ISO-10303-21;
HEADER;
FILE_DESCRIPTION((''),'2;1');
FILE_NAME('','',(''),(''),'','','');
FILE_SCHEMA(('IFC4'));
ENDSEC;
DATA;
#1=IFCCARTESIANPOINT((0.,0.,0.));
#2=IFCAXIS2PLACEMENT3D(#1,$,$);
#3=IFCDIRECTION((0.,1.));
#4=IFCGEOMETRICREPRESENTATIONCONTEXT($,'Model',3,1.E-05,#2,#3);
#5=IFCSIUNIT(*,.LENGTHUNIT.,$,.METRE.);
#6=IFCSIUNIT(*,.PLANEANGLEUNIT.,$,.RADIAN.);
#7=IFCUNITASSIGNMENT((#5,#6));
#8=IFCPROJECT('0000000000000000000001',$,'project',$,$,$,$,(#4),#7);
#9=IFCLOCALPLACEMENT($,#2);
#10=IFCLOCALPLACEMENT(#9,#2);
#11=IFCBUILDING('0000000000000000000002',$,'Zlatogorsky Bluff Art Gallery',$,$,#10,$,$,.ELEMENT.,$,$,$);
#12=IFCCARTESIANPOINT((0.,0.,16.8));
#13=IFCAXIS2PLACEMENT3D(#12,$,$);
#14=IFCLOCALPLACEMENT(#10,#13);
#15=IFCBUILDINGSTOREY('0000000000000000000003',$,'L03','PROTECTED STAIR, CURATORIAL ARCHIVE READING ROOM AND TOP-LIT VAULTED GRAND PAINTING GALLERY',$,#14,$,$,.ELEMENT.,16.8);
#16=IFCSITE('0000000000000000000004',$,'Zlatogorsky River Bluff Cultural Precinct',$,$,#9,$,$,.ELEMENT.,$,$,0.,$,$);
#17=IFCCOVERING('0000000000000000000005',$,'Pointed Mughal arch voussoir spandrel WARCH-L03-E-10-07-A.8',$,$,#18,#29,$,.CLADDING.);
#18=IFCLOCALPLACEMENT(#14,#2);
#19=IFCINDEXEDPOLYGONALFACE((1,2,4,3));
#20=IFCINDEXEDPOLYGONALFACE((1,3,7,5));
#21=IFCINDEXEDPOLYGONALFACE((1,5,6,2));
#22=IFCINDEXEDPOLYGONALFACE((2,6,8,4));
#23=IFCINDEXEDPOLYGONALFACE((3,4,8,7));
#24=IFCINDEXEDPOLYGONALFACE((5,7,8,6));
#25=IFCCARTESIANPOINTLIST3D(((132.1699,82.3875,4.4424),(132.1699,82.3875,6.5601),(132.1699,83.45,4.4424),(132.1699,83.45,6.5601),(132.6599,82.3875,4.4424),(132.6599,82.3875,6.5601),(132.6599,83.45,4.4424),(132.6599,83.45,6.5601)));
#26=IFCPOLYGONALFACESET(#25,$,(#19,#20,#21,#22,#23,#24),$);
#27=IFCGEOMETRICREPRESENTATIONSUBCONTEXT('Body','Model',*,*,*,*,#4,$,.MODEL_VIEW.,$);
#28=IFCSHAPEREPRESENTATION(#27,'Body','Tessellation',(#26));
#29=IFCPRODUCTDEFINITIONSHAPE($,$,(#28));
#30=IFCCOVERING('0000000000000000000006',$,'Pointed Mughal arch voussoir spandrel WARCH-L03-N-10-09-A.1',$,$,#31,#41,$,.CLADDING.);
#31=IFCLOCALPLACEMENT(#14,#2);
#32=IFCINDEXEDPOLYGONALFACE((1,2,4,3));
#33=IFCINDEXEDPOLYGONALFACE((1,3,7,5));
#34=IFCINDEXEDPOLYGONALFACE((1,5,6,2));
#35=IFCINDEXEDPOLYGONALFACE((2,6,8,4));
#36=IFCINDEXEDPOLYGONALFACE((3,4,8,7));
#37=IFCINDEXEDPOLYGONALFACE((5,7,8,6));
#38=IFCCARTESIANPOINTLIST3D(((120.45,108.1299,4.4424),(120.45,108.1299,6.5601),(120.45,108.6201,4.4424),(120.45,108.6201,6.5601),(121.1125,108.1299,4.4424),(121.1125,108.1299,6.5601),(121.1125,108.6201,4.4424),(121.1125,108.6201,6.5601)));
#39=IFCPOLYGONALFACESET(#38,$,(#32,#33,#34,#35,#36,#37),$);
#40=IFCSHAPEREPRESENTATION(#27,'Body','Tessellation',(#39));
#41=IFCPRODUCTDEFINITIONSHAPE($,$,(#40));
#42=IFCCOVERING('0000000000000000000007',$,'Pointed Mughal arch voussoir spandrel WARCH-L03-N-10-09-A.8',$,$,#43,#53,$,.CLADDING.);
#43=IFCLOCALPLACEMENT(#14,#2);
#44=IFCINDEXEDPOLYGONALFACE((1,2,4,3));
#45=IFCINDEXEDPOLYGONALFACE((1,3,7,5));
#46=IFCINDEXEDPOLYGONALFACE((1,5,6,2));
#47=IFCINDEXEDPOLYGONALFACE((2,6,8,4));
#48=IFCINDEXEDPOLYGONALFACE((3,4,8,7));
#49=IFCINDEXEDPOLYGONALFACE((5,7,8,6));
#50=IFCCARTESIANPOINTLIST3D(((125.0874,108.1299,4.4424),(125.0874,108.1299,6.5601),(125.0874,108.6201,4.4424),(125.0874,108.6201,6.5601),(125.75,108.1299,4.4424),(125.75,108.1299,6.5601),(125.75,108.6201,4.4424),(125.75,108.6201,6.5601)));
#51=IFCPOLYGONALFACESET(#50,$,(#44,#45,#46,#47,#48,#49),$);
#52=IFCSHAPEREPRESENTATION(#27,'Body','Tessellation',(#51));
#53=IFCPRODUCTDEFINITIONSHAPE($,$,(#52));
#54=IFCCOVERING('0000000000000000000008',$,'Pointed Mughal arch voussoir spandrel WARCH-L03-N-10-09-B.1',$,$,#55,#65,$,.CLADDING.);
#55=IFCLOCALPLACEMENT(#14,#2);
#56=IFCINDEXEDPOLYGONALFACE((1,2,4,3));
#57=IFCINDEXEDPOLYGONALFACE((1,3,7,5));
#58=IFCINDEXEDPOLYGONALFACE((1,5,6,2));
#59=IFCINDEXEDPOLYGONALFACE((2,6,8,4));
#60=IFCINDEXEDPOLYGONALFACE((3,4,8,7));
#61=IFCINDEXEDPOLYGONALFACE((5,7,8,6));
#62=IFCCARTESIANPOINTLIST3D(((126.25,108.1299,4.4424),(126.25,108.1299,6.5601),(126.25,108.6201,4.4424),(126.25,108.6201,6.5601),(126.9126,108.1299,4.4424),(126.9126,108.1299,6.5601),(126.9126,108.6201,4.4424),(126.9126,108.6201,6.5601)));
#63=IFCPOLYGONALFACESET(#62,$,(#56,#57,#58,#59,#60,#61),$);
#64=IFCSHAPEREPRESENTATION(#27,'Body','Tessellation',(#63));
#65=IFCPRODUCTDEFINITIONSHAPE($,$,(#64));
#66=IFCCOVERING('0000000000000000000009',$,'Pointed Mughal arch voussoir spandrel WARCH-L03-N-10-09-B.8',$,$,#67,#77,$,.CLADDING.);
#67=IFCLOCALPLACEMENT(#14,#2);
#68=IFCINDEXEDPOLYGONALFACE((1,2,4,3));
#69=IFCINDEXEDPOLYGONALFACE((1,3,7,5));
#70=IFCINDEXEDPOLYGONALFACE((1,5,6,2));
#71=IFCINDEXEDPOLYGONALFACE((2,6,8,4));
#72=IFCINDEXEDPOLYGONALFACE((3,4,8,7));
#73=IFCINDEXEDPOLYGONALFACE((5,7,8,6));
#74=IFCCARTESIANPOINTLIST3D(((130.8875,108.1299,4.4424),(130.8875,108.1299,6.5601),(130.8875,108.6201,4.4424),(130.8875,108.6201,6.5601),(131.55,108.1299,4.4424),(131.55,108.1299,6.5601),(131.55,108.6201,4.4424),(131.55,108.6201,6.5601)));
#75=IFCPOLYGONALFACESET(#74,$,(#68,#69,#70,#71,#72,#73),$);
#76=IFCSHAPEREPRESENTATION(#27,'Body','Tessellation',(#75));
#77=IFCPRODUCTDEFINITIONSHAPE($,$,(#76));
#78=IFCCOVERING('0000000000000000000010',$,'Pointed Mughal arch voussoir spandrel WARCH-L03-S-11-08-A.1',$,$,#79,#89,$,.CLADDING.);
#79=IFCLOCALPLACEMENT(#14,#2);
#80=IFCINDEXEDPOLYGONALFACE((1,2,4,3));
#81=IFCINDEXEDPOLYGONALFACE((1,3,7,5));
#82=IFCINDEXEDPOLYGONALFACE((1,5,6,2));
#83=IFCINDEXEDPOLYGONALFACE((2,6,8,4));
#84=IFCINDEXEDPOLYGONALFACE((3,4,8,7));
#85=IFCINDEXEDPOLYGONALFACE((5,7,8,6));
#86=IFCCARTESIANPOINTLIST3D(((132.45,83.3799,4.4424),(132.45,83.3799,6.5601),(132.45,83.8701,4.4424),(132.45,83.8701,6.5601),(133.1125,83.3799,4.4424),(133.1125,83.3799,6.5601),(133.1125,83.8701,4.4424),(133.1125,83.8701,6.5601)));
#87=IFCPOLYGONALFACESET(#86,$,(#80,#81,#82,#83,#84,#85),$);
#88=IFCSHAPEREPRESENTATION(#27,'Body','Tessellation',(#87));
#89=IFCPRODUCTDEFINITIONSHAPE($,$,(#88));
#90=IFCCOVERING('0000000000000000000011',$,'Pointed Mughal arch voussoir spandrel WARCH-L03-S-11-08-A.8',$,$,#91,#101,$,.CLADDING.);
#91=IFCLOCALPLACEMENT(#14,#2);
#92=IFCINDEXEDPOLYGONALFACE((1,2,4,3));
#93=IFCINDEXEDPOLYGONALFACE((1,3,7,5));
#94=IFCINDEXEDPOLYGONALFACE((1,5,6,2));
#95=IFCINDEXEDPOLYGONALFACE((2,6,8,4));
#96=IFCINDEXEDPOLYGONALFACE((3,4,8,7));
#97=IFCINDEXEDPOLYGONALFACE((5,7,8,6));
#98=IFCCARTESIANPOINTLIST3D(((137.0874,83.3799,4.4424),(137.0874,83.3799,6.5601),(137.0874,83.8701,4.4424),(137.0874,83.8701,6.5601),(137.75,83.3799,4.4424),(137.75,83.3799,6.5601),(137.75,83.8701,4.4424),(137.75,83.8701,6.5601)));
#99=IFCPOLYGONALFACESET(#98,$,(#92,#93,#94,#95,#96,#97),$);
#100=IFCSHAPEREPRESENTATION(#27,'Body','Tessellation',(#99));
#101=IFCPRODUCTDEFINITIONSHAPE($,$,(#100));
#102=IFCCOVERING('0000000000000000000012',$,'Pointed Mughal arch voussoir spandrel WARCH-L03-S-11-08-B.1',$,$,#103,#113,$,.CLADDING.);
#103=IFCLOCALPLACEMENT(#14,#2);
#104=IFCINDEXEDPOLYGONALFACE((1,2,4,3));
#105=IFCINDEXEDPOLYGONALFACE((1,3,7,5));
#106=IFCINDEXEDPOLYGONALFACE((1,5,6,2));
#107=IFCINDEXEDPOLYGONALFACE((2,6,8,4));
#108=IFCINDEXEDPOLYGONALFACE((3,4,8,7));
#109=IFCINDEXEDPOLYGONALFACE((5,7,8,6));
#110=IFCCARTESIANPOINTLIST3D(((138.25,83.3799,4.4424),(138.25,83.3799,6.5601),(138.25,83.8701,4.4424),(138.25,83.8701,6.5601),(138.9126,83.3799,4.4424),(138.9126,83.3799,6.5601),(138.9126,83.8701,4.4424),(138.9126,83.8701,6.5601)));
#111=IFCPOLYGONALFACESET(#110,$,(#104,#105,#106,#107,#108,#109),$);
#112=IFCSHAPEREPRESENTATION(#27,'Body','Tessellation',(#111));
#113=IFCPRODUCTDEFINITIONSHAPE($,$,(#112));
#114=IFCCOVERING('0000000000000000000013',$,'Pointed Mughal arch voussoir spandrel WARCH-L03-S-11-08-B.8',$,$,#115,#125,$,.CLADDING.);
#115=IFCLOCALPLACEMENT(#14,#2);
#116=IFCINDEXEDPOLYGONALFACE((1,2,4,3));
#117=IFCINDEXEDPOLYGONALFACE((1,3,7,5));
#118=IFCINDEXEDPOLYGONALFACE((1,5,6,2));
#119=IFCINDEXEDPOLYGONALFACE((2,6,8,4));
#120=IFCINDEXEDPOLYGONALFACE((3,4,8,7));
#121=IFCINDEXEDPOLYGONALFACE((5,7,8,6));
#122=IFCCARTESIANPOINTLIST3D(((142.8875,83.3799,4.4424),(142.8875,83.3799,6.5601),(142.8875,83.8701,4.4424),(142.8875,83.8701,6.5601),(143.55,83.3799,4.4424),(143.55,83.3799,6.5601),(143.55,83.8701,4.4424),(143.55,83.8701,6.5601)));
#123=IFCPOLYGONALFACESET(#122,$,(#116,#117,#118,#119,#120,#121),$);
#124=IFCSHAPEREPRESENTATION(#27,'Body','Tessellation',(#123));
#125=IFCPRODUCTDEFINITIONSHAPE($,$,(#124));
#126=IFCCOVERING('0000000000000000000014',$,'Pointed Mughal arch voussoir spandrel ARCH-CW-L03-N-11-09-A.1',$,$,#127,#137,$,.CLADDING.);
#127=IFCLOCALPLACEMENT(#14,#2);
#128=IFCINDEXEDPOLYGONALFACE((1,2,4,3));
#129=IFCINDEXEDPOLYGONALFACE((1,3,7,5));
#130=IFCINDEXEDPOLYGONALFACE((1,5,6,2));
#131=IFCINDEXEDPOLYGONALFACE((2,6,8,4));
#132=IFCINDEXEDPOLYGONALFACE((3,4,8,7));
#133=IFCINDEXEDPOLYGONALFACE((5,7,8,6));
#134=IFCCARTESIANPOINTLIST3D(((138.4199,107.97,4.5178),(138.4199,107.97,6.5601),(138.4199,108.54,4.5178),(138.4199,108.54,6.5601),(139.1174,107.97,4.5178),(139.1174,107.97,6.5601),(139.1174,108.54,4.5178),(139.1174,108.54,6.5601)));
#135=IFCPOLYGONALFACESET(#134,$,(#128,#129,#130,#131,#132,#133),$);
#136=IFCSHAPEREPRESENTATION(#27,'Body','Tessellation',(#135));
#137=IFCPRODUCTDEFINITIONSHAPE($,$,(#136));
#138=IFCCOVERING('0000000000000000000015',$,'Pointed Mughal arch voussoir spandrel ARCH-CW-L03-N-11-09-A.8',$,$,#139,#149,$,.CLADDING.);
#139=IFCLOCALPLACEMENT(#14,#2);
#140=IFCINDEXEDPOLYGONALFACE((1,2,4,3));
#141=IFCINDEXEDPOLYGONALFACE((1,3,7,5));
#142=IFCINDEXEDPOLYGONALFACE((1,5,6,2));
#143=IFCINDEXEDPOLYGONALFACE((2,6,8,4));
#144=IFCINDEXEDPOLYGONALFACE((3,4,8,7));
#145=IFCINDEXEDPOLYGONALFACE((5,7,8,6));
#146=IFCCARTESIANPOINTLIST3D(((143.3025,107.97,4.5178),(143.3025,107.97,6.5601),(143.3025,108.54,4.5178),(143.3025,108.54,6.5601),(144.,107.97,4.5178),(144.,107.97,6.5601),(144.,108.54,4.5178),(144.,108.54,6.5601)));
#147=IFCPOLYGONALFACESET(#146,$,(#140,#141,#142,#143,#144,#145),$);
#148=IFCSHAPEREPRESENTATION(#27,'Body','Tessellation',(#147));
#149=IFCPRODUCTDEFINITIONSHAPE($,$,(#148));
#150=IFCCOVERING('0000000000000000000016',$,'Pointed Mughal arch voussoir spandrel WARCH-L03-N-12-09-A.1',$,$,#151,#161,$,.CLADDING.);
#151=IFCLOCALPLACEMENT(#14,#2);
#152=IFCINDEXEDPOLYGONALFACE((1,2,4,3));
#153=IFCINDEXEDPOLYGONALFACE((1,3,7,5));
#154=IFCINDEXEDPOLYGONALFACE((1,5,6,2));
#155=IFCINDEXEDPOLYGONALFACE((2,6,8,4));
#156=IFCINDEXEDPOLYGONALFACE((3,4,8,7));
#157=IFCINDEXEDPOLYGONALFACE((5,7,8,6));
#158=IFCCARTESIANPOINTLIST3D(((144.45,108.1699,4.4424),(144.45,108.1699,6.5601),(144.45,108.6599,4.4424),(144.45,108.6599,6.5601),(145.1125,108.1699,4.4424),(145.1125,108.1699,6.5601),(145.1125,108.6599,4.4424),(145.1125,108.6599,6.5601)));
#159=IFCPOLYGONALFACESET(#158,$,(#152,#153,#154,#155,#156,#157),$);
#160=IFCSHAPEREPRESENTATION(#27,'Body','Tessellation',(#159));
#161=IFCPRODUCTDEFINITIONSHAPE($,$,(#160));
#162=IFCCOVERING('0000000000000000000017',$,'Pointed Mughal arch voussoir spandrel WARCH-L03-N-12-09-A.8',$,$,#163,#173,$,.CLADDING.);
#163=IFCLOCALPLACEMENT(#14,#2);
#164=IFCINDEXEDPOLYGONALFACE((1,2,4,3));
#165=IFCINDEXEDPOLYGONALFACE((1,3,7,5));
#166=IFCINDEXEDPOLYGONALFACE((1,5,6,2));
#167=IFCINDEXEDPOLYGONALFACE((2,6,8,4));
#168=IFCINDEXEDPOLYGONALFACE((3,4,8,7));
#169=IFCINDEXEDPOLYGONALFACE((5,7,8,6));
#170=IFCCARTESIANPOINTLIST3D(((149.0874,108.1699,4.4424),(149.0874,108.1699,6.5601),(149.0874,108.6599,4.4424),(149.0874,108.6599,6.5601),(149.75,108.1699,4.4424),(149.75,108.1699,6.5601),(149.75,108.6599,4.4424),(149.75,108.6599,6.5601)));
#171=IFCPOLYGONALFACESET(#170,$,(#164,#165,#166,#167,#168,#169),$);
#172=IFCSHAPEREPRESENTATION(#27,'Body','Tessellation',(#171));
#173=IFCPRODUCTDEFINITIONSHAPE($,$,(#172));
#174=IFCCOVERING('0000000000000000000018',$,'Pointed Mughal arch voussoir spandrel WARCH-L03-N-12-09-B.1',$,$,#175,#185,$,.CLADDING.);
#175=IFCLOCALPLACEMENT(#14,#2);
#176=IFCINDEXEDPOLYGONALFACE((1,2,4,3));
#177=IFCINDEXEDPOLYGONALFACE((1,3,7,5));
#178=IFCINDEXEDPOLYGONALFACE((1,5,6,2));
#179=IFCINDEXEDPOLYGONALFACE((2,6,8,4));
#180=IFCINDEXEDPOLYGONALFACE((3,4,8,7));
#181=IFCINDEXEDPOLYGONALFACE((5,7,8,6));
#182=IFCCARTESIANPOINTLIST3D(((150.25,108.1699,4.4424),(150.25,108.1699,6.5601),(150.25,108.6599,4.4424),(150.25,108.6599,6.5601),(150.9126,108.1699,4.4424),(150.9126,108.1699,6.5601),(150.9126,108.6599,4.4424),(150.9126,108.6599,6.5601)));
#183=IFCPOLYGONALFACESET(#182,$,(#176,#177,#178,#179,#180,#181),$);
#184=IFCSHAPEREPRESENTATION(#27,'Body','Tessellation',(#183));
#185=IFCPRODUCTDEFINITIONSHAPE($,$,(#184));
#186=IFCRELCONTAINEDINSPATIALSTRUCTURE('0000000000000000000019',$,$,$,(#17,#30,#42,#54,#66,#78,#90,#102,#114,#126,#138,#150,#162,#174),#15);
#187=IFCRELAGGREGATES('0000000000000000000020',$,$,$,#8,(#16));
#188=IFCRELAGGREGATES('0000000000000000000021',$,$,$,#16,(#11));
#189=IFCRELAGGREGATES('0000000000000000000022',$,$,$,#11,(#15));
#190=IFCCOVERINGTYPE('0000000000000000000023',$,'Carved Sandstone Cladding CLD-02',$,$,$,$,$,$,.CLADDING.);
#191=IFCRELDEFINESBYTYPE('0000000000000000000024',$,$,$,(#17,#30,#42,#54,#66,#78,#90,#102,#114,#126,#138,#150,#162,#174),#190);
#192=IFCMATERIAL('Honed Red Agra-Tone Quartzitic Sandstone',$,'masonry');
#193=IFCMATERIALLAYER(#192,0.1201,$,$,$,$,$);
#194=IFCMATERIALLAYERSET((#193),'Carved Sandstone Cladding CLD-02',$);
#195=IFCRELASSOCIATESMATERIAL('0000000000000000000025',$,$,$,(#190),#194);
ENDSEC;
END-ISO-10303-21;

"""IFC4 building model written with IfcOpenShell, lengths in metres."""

from ifc_helpers import new_model, si_unit, direction, frame, origin, place, context, subcontext, project, spatial, polyline, outline, extrude, material, layer, layer_set, type_object, element, save


model = new_model("IFC4")

# Units and contexts
model_context = context("Model", 3, precision=1e-05, world=origin(), true_north=direction((0.0, 1.0)))
body_context = subcontext(model_context, "Body", "Model", "MODEL_VIEW")
ifc_project = project(units=[si_unit("LENGTHUNIT", "METRE"), si_unit("PLANEANGLEUNIT", "RADIAN")], contexts=[model_context])

# Site, building, storey
site_placement = place(None, origin())
site = spatial("IfcSite", under=ifc_project, at=site_placement, Name="Zlatogorsky River Bluff Cultural Precinct", CompositionType="ELEMENT", RefElevation=0.0)
building_placement = place(site_placement, origin())
building = spatial("IfcBuilding", under=site, at=building_placement, Name="Zlatogorsky Bluff Art Gallery", CompositionType="ELEMENT")
storey_placement = place(building_placement, frame((0.0, 0.0, 16.8)))
storey = spatial("IfcBuildingStorey", under=building, at=storey_placement, Name="L03", Description="PROTECTED STAIR, CURATORIAL ARCHIVE READING ROOM AND TOP-LIT VAULTED GRAND PAINTING GALLERY", CompositionType="ELEMENT", Elevation=16.8)

# Coverings
ifc_material = material(Name="Honed Red Agra-Tone Quartzitic Sandstone", Category="masonry")
ifc_layer = layer(ifc_material, 0.1201)
ifc_layer_set = layer_set([ifc_layer], Name="Carved Sandstone Cladding CLD-02")
covering_type = type_object("IfcCoveringType", Name="Carved Sandstone Cladding CLD-02", PredefinedType="CLADDING", material=ifc_layer_set)
covering_1_placement = place(storey_placement, frame((0.0, 0.0, 4.4424)))
element("IfcCovering", 1, at=covering_1_placement, inside=storey, type_object=covering_type, Name="Pointed Mughal arch voussoir spandrel WARCH-L03-E-10-07-A.8", PredefinedType="CLADDING", context=body_context, shape_type="SweptSolid", body=[
    extrude(outline(polyline([(132.1699, 82.3875), (132.1699, 83.45), (132.6599, 83.45), (132.6599, 82.3875), (132.1699, 82.3875)])), origin(), (0.0, 0.0, 1.0), 2.1177),
])
covering_2_placement = place(storey_placement, frame((0.0, 0.0, 4.4424)))
element("IfcCovering", 2, at=covering_2_placement, inside=storey, type_object=covering_type, Name="Pointed Mughal arch voussoir spandrel WARCH-L03-N-10-09-A.1", PredefinedType="CLADDING", context=body_context, shape_type="SweptSolid", body=[
    extrude(outline(polyline([(120.45, 108.1299), (121.1125, 108.1299), (121.1125, 108.6201), (120.45, 108.6201), (120.45, 108.1299)])), origin(), (0.0, 0.0, 1.0), 2.1177),
])
covering_3_placement = place(storey_placement, frame((0.0, 0.0, 4.4424)))
element("IfcCovering", 3, at=covering_3_placement, inside=storey, type_object=covering_type, Name="Pointed Mughal arch voussoir spandrel WARCH-L03-N-10-09-A.8", PredefinedType="CLADDING", context=body_context, shape_type="SweptSolid", body=[
    extrude(outline(polyline([(125.0874, 108.1299), (125.75, 108.1299), (125.75, 108.6201), (125.0874, 108.6201), (125.0874, 108.1299)])), origin(), (0.0, 0.0, 1.0), 2.1177),
])
covering_4_placement = place(storey_placement, frame((0.0, 0.0, 4.4424)))
element("IfcCovering", 4, at=covering_4_placement, inside=storey, type_object=covering_type, Name="Pointed Mughal arch voussoir spandrel WARCH-L03-N-10-09-B.1", PredefinedType="CLADDING", context=body_context, shape_type="SweptSolid", body=[
    extrude(outline(polyline([(126.25, 108.1299), (126.9126, 108.1299), (126.9126, 108.6201), (126.25, 108.6201), (126.25, 108.1299)])), origin(), (0.0, 0.0, 1.0), 2.1177),
])
covering_5_placement = place(storey_placement, frame((0.0, 0.0, 4.4424)))
element("IfcCovering", 5, at=covering_5_placement, inside=storey, type_object=covering_type, Name="Pointed Mughal arch voussoir spandrel WARCH-L03-N-10-09-B.8", PredefinedType="CLADDING", context=body_context, shape_type="SweptSolid", body=[
    extrude(outline(polyline([(130.8875, 108.1299), (131.55, 108.1299), (131.55, 108.6201), (130.8875, 108.6201), (130.8875, 108.1299)])), origin(), (0.0, 0.0, 1.0), 2.1177),
])
covering_6_placement = place(storey_placement, frame((0.0, 0.0, 4.4424)))
element("IfcCovering", 6, at=covering_6_placement, inside=storey, type_object=covering_type, Name="Pointed Mughal arch voussoir spandrel WARCH-L03-S-11-08-A.1", PredefinedType="CLADDING", context=body_context, shape_type="SweptSolid", body=[
    extrude(outline(polyline([(132.45, 83.3799), (133.1125, 83.3799), (133.1125, 83.8701), (132.45, 83.8701), (132.45, 83.3799)])), origin(), (0.0, 0.0, 1.0), 2.1177),
])
covering_7_placement = place(storey_placement, frame((0.0, 0.0, 4.4424)))
element("IfcCovering", 7, at=covering_7_placement, inside=storey, type_object=covering_type, Name="Pointed Mughal arch voussoir spandrel WARCH-L03-S-11-08-A.8", PredefinedType="CLADDING", context=body_context, shape_type="SweptSolid", body=[
    extrude(outline(polyline([(137.0874, 83.3799), (137.75, 83.3799), (137.75, 83.8701), (137.0874, 83.8701), (137.0874, 83.3799)])), origin(), (0.0, 0.0, 1.0), 2.1177),
])
covering_8_placement = place(storey_placement, frame((0.0, 0.0, 4.4424)))
element("IfcCovering", 8, at=covering_8_placement, inside=storey, type_object=covering_type, Name="Pointed Mughal arch voussoir spandrel WARCH-L03-S-11-08-B.1", PredefinedType="CLADDING", context=body_context, shape_type="SweptSolid", body=[
    extrude(outline(polyline([(138.25, 83.3799), (138.9126, 83.3799), (138.9126, 83.8701), (138.25, 83.8701), (138.25, 83.3799)])), origin(), (0.0, 0.0, 1.0), 2.1177),
])
covering_9_placement = place(storey_placement, frame((0.0, 0.0, 4.4424)))
element("IfcCovering", 9, at=covering_9_placement, inside=storey, type_object=covering_type, Name="Pointed Mughal arch voussoir spandrel WARCH-L03-S-11-08-B.8", PredefinedType="CLADDING", context=body_context, shape_type="SweptSolid", body=[
    extrude(outline(polyline([(142.8875, 83.3799), (143.55, 83.3799), (143.55, 83.8701), (142.8875, 83.8701), (142.8875, 83.3799)])), origin(), (0.0, 0.0, 1.0), 2.1177),
])
covering_10_placement = place(storey_placement, frame((0.0, 0.0, 4.5178)))
element("IfcCovering", 10, at=covering_10_placement, inside=storey, type_object=covering_type, Name="Pointed Mughal arch voussoir spandrel ARCH-CW-L03-N-11-09-A.1", PredefinedType="CLADDING", context=body_context, shape_type="SweptSolid", body=[
    extrude(outline(polyline([(138.4199, 107.97), (139.1174, 107.97), (139.1174, 108.54), (138.4199, 108.54), (138.4199, 107.97)])), origin(), (0.0, 0.0, 1.0), 2.0422),
])
covering_11_placement = place(storey_placement, frame((0.0, 0.0, 4.5178)))
element("IfcCovering", 11, at=covering_11_placement, inside=storey, type_object=covering_type, Name="Pointed Mughal arch voussoir spandrel ARCH-CW-L03-N-11-09-A.8", PredefinedType="CLADDING", context=body_context, shape_type="SweptSolid", body=[
    extrude(outline(polyline([(143.3025, 107.97), (144.0, 107.97), (144.0, 108.54), (143.3025, 108.54), (143.3025, 107.97)])), origin(), (0.0, 0.0, 1.0), 2.0422),
])
covering_12_placement = place(storey_placement, frame((0.0, 0.0, 4.4424)))
element("IfcCovering", 12, at=covering_12_placement, inside=storey, type_object=covering_type, Name="Pointed Mughal arch voussoir spandrel WARCH-L03-N-12-09-A.1", PredefinedType="CLADDING", context=body_context, shape_type="SweptSolid", body=[
    extrude(outline(polyline([(144.45, 108.1699), (145.1125, 108.1699), (145.1125, 108.6599), (144.45, 108.6599), (144.45, 108.1699)])), origin(), (0.0, 0.0, 1.0), 2.1177),
])
covering_13_placement = place(storey_placement, frame((0.0, 0.0, 4.4424)))
element("IfcCovering", 13, at=covering_13_placement, inside=storey, type_object=covering_type, Name="Pointed Mughal arch voussoir spandrel WARCH-L03-N-12-09-A.8", PredefinedType="CLADDING", context=body_context, shape_type="SweptSolid", body=[
    extrude(outline(polyline([(149.0874, 108.1699), (149.75, 108.1699), (149.75, 108.6599), (149.0874, 108.6599), (149.0874, 108.1699)])), origin(), (0.0, 0.0, 1.0), 2.1177),
])
covering_14_placement = place(storey_placement, frame((0.0, 0.0, 4.4424)))
element("IfcCovering", 14, at=covering_14_placement, inside=storey, type_object=covering_type, Name="Pointed Mughal arch voussoir spandrel WARCH-L03-N-12-09-B.1", PredefinedType="CLADDING", context=body_context, shape_type="SweptSolid", body=[
    extrude(outline(polyline([(150.25, 108.1699), (150.9126, 108.1699), (150.9126, 108.6599), (150.25, 108.6599), (150.25, 108.1699)])), origin(), (0.0, 0.0, 1.0), 2.1177),
])

save(model, "model.ifc")
